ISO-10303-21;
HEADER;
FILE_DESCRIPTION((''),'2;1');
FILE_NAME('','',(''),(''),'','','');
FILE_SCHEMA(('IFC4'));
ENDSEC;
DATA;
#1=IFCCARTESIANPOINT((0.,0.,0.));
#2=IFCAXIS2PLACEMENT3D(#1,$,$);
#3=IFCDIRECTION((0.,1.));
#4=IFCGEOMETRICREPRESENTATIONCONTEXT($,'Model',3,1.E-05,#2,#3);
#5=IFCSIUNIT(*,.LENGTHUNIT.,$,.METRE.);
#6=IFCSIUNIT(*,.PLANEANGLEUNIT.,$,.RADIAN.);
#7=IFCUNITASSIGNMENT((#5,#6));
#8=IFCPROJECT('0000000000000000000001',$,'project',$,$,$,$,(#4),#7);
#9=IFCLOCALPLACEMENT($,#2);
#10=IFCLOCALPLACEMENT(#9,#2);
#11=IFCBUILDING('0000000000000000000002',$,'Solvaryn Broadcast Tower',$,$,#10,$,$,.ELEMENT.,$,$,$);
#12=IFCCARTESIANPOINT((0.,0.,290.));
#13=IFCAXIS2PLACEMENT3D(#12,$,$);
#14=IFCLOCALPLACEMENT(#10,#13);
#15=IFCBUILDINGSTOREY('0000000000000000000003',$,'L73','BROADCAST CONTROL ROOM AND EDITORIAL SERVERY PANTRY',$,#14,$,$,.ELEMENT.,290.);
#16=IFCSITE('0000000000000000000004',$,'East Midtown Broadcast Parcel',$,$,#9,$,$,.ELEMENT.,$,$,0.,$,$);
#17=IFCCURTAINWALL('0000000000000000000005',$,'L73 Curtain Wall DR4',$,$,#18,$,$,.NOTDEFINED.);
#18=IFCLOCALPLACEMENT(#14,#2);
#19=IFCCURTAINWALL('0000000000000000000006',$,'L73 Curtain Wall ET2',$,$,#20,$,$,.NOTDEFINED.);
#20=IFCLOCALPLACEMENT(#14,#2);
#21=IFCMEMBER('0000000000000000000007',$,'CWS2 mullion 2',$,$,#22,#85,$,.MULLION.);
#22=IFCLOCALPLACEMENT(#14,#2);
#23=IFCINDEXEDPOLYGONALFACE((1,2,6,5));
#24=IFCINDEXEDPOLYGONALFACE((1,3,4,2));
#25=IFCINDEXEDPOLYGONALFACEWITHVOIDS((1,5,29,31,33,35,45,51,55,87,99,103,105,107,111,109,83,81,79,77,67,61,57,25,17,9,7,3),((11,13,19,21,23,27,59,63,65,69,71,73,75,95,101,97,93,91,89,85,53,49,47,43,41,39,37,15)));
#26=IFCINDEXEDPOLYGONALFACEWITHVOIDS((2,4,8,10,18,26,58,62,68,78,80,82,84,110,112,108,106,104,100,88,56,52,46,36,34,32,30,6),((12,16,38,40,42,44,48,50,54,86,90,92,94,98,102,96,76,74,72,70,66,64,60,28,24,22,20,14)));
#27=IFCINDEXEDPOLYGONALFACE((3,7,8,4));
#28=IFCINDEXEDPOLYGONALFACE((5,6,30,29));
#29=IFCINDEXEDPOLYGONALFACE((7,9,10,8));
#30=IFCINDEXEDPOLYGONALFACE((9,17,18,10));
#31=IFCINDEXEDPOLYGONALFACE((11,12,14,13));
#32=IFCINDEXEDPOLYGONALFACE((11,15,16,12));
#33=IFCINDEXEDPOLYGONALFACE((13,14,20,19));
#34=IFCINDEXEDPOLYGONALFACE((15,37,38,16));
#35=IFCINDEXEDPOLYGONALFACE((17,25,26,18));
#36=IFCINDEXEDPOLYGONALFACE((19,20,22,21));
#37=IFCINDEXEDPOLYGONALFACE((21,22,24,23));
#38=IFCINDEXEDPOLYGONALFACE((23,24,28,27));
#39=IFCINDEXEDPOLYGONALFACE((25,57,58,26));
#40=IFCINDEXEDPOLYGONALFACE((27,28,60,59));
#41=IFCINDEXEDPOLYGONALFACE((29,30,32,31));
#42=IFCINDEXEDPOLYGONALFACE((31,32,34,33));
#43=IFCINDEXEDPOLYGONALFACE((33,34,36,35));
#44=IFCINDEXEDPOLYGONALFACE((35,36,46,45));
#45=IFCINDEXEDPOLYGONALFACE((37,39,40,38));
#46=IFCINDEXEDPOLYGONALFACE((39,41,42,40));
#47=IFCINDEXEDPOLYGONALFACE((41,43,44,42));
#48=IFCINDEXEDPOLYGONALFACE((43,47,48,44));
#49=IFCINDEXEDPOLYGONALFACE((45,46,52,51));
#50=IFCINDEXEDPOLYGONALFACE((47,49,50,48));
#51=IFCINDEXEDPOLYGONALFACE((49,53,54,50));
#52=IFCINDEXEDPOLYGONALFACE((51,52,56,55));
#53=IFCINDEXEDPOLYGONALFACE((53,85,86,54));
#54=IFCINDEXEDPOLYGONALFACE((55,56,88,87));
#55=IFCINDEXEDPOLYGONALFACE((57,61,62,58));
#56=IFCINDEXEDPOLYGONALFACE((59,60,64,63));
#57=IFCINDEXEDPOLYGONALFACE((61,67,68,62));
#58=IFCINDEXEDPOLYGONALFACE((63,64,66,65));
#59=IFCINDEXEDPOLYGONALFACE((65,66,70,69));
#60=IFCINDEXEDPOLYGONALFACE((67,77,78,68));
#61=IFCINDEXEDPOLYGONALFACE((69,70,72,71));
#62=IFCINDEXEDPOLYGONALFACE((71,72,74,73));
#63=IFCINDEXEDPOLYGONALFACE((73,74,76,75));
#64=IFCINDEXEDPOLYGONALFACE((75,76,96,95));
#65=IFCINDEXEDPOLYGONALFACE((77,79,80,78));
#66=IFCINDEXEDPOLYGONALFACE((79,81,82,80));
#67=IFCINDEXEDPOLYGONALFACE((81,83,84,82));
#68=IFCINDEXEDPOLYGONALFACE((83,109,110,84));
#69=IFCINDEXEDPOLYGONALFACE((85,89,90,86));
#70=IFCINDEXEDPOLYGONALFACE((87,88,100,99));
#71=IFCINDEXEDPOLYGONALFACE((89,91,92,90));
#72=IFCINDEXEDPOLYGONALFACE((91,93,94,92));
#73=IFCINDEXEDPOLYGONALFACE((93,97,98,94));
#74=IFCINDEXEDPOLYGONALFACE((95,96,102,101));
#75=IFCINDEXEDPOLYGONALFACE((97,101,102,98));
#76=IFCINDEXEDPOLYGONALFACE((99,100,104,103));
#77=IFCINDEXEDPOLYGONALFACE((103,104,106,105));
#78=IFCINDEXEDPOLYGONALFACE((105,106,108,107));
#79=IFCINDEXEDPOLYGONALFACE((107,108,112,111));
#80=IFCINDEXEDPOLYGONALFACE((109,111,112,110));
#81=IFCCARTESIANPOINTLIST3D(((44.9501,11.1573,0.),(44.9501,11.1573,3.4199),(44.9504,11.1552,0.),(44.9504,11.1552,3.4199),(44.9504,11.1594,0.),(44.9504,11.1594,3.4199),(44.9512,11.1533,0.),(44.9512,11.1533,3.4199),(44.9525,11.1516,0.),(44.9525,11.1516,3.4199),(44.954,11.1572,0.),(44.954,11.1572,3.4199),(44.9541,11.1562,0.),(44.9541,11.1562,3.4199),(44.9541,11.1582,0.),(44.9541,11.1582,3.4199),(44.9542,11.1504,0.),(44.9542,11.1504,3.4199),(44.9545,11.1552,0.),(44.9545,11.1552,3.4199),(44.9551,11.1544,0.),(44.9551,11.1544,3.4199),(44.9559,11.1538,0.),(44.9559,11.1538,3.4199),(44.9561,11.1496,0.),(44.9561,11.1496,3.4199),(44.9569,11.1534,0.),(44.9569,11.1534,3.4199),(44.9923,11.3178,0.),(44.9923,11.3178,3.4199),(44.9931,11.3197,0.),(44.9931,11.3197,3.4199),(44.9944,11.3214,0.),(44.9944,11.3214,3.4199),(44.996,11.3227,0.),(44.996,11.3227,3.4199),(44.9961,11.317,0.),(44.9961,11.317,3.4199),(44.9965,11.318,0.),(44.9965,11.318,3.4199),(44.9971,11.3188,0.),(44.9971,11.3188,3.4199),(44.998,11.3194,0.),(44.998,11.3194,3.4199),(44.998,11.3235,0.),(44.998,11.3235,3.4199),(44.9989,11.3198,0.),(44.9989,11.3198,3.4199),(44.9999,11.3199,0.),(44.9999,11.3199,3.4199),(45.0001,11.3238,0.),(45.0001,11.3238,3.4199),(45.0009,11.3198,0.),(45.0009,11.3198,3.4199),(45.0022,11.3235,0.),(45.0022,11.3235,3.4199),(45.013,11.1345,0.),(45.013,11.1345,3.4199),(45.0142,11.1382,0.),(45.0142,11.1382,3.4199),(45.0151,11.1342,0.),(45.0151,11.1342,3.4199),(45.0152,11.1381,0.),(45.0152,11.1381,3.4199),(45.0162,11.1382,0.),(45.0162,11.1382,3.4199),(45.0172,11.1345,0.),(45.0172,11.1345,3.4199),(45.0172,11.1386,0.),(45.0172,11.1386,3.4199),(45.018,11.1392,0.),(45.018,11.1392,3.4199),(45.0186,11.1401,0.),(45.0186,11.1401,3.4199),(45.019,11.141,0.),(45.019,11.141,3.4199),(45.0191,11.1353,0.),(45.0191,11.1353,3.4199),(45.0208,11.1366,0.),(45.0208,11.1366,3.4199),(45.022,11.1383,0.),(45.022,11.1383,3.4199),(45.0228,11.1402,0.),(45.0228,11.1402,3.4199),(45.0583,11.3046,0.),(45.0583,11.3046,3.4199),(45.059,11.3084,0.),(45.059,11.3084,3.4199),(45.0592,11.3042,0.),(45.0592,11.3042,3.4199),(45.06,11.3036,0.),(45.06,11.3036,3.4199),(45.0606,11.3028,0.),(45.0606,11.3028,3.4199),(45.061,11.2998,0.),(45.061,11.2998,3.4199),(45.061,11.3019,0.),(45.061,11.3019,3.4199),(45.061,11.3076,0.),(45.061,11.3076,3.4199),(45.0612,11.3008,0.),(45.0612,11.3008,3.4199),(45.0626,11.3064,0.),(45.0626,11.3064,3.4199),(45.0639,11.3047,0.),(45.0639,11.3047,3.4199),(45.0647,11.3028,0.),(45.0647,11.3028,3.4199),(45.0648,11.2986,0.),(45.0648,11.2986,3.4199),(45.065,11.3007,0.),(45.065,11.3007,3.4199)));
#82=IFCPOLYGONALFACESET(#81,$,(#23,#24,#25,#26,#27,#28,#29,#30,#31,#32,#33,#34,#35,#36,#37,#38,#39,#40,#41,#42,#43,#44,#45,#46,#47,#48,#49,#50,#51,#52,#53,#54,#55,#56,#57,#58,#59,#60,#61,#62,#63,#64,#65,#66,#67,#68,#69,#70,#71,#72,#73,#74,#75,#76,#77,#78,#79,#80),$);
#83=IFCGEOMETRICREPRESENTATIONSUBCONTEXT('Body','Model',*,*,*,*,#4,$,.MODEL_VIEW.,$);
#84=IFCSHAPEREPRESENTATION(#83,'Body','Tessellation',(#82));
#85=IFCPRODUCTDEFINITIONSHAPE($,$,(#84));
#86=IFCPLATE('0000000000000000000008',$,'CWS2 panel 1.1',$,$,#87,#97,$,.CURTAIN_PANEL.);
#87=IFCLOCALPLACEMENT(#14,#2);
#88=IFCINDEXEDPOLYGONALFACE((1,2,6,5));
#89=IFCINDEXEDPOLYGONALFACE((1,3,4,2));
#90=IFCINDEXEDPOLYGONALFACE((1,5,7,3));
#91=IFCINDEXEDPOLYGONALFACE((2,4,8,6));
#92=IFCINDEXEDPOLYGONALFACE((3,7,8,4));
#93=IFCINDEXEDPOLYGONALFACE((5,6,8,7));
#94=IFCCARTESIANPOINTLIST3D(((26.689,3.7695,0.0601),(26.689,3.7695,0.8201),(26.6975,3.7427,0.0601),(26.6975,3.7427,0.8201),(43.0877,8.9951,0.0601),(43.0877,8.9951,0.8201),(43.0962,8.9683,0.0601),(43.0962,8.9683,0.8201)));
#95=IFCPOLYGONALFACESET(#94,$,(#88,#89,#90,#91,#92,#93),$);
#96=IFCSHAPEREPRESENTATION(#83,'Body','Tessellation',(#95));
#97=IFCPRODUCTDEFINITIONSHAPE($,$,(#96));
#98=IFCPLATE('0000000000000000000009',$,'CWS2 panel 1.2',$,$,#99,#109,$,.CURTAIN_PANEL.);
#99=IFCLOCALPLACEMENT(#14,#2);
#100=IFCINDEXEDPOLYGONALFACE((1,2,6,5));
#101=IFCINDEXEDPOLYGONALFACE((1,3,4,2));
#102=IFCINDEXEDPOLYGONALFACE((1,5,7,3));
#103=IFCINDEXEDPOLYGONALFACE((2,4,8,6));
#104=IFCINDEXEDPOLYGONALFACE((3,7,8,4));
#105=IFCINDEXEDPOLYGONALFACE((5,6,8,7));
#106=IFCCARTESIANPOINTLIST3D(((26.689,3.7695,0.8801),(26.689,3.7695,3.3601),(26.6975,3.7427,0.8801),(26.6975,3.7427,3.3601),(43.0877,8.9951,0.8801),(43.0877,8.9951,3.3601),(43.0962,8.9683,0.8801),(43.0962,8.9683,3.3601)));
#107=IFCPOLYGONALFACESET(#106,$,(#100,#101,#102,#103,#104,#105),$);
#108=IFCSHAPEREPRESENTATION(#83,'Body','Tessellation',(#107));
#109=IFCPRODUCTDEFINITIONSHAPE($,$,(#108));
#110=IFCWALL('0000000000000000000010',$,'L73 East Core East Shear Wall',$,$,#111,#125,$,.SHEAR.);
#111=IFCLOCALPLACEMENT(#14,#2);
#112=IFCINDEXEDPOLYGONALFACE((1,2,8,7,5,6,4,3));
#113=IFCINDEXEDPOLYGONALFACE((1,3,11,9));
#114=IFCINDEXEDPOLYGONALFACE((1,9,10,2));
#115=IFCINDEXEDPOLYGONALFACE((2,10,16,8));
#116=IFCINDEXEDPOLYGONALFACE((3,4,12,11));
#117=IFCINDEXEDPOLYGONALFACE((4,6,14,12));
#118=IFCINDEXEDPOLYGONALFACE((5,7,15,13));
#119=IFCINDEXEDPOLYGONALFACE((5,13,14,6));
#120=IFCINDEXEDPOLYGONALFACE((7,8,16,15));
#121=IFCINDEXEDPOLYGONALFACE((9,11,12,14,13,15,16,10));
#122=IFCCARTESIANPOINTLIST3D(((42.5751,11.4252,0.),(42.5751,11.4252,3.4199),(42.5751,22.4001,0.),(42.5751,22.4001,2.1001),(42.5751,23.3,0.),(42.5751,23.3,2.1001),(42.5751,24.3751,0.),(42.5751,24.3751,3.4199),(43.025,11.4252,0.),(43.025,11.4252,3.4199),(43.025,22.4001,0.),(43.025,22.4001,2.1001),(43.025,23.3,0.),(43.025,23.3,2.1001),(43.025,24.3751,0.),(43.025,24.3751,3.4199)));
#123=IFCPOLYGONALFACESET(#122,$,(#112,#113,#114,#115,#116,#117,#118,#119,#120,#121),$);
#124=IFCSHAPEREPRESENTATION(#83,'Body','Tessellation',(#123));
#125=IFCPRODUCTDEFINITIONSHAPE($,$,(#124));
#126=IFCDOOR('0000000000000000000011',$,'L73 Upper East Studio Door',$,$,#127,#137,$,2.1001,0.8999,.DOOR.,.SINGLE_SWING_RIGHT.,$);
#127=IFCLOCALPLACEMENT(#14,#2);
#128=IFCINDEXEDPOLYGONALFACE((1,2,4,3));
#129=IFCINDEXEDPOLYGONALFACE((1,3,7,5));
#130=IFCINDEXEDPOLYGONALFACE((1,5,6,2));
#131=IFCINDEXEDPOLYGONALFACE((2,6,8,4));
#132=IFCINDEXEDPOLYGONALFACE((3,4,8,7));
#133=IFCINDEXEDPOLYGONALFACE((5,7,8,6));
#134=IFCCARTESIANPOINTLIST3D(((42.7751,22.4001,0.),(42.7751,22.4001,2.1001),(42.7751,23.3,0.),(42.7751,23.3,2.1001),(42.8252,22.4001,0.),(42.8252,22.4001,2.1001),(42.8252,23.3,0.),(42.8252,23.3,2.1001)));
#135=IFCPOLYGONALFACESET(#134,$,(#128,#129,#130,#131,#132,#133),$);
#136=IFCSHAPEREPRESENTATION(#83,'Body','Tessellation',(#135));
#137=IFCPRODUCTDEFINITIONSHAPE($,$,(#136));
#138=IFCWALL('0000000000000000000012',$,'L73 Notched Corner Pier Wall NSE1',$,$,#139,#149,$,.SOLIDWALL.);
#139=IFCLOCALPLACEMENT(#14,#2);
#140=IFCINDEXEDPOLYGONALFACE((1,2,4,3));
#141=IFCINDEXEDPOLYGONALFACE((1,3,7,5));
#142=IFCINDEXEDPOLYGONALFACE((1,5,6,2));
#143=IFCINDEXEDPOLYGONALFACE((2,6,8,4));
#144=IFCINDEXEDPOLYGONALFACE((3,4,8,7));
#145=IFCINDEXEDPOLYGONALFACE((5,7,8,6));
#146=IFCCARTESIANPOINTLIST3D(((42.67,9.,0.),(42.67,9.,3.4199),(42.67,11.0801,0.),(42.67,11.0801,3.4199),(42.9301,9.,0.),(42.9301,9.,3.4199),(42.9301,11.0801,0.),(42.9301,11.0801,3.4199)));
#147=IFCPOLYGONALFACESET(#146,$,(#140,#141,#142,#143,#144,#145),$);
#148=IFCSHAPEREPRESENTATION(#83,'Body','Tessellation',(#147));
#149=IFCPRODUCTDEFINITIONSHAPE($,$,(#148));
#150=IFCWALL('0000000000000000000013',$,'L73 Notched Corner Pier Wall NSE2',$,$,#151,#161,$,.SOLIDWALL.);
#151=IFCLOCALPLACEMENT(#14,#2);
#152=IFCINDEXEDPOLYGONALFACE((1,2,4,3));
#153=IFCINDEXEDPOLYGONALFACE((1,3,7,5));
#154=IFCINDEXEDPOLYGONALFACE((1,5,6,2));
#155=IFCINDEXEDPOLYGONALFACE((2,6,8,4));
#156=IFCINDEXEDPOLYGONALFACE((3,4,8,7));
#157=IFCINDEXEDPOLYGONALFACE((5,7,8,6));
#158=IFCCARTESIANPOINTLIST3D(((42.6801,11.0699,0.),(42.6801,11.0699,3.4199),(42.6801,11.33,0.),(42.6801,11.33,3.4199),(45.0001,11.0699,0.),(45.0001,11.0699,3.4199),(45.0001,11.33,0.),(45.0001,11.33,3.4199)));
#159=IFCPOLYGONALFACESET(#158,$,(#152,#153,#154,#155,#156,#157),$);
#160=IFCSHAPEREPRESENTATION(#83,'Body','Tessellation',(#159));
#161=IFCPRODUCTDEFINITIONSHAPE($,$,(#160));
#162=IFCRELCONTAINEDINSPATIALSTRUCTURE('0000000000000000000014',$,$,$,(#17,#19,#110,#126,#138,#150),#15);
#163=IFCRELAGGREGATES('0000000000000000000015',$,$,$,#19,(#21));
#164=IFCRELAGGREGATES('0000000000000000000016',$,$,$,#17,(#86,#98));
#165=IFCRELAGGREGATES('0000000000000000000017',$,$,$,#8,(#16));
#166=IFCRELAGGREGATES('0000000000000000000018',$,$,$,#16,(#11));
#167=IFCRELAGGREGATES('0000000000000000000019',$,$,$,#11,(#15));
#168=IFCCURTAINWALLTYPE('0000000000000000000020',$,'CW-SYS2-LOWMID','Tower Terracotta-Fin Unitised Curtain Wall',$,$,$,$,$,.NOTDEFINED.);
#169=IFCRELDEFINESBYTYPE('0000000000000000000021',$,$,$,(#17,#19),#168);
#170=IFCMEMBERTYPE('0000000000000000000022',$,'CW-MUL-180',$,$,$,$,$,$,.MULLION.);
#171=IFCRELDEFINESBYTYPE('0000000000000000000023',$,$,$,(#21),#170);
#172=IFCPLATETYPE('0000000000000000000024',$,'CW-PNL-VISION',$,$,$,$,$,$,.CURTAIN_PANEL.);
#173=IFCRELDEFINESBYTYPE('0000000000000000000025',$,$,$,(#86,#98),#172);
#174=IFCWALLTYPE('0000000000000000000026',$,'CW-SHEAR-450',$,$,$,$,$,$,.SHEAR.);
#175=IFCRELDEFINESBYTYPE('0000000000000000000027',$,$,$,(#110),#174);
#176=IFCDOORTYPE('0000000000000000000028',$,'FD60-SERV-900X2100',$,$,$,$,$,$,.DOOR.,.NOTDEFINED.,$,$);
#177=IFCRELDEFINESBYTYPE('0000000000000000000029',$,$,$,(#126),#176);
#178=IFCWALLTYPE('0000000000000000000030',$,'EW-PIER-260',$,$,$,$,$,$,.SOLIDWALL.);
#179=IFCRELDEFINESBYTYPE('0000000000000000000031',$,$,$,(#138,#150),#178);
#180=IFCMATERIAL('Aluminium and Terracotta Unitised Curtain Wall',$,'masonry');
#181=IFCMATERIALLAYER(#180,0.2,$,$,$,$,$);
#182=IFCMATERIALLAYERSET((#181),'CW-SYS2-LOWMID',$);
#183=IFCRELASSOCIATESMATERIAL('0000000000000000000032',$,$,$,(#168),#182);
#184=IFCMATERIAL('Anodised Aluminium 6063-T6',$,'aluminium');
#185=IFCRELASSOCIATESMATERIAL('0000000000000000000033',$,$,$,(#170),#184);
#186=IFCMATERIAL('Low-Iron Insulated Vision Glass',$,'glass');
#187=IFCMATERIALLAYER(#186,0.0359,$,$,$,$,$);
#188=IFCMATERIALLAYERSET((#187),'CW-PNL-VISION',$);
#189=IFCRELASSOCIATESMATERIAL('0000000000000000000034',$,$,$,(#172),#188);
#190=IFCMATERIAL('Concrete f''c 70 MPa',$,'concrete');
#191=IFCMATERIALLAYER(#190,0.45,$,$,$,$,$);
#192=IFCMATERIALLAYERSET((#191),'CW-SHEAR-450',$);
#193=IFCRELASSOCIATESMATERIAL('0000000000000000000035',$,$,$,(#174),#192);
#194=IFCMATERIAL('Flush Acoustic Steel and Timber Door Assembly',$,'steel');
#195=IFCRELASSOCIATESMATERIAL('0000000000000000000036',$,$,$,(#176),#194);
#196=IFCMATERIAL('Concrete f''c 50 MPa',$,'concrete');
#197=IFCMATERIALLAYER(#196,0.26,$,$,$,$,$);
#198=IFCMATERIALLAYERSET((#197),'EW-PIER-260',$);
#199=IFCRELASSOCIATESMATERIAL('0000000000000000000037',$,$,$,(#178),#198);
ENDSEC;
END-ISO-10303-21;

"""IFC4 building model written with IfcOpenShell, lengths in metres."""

from ifc_helpers import new_model, si_unit, direction, frame, frame_2d, origin, origin_2d, place, context, subcontext, project, spatial, rectangle, hollow_rectangle, extrude, material, layer, layer_set, material_profile, profile_set, type_object, element, fill, aggregate, save


model = new_model("IFC4")

# Units and contexts
model_context = context("Model", 3, precision=1e-05, world=origin(), true_north=direction((0.0, 1.0)))
body_context = subcontext(model_context, "Body", "Model", "MODEL_VIEW")
ifc_project = project(units=[si_unit("LENGTHUNIT", "METRE"), si_unit("PLANEANGLEUNIT", "RADIAN")], contexts=[model_context])

# Site, building, storey
site_placement = place(None, origin())
site = spatial("IfcSite", under=ifc_project, at=site_placement, Name="East Midtown Broadcast Parcel", CompositionType="ELEMENT", RefElevation=0.0)
building_placement = place(site_placement, origin())
building = spatial("IfcBuilding", under=site, at=building_placement, Name="Solvaryn Broadcast Tower", CompositionType="ELEMENT")
storey_placement = place(building_placement, frame((0.0, 0.0, 290.0)))
storey = spatial("IfcBuildingStorey", under=building, at=storey_placement, Name="L73", Description="BROADCAST CONTROL ROOM AND EDITORIAL SERVERY PANTRY", CompositionType="ELEMENT", Elevation=290.0)

# Curtain walls, member
ifc_material_1 = material(Name="Aluminium and Terracotta Unitised Curtain Wall", Category="masonry")
ifc_layer_1 = layer(ifc_material_1, 0.2)
ifc_layer_set_1 = layer_set([ifc_layer_1], Name="CW-SYS2-LOWMID")
curtain_wall_type = type_object("IfcCurtainWallType", Name="CW-SYS2-LOWMID", Description="Tower Terracotta-Fin Unitised Curtain Wall", PredefinedType="NOTDEFINED", material=ifc_layer_set_1)
curtain_wall_1_placement = place(storey_placement, origin())
curtain_wall_1 = element("IfcCurtainWall", 1, at=curtain_wall_1_placement, inside=storey, type_object=curtain_wall_type, Name="L73 Curtain Wall DR4", PredefinedType="NOTDEFINED")
ifc_material_2 = material(Name="Anodised Aluminium 6063-T6", Category="aluminium")
ifc_material_profile_1 = material_profile(ifc_material_2, hollow_rectangle(XDim=0.075, YDim=0.1799, WallThickness=0.0039, InnerFilletRadius=0.0039, OuterFilletRadius=0.0081, at=origin_2d()))
ifc_profile_set_1 = profile_set([ifc_material_profile_1], Name="Anodised Aluminium 6063-T6")
member_type = type_object("IfcMemberType", Name="CW-MUL-180", PredefinedType="MULLION", material=ifc_profile_set_1)
curtain_wall_2_placement = place(storey_placement, origin())
curtain_wall_2 = element("IfcCurtainWall", 2, at=curtain_wall_2_placement, inside=storey, type_object=curtain_wall_type, Name="L73 Curtain Wall ET2", PredefinedType="NOTDEFINED")
member_1_placement = place(storey_placement, frame((45.0076, 11.229, 0.0), z_axis=(0.0, 0.0, 1.0), x_axis=(0.966705, -0.255893, 0.0)))
member_1 = element("IfcMember", 3, at=member_1_placement, type_object=member_type, Name="CWS2 mullion 2", PredefinedType="MULLION", context=body_context, shape_type="SweptSolid", body=[
    extrude(hollow_rectangle(XDim=0.075, YDim=0.1799, WallThickness=0.0039, InnerFilletRadius=0.0039, OuterFilletRadius=0.0081, at=origin_2d()), origin(), (0.0, 0.0, 1.0), 3.4199),
])
aggregate(curtain_wall_2, [member_1])

# Plates
ifc_material_3 = material(Name="Low-Iron Insulated Vision Glass", Category="glass")
ifc_layer_2 = layer(ifc_material_3, 0.0359)
ifc_layer_set_2 = layer_set([ifc_layer_2], Name="CW-PNL-VISION")
plate_type = type_object("IfcPlateType", Name="CW-PNL-VISION", PredefinedType="CURTAIN_PANEL", material=ifc_layer_set_2)
plate_1_placement = place(storey_placement, frame((34.8926, 6.3689, 0.0601), z_axis=(0.0, 0.0, 1.0), x_axis=(0.952795, 0.303616, 0.0)))
plate_1 = element("IfcPlate", 4, at=plate_1_placement, type_object=plate_type, Name="CWS2 panel 1.1", PredefinedType="CURTAIN_PANEL", context=body_context, shape_type="SweptSolid", body=[
    extrude(rectangle(XDim=17.2112, YDim=0.0281, at=origin_2d()), origin(), (0.0, 0.0, 1.0), 0.76),
])
plate_2_placement = place(storey_placement, frame((34.8926, 6.3689, 0.8801), z_axis=(0.0, 0.0, 1.0), x_axis=(0.952795, 0.303616, 0.0)))
plate_2 = element("IfcPlate", 5, at=plate_2_placement, type_object=plate_type, Name="CWS2 panel 1.2", PredefinedType="CURTAIN_PANEL", context=body_context, shape_type="SweptSolid", body=[
    extrude(rectangle(XDim=17.2112, YDim=0.0281, at=origin_2d()), origin(), (0.0, 0.0, 1.0), 2.48),
])
aggregate(curtain_wall_1, [plate_1, plate_2])

# Wall, opening, door
ifc_material_4 = material(Name="Concrete f'c 70 MPa", Category="concrete")
ifc_layer_3 = layer(ifc_material_4, 0.45)
ifc_layer_set_3 = layer_set([ifc_layer_3], Name="CW-SHEAR-450")
wall_type_1 = type_object("IfcWallType", Name="CW-SHEAR-450", PredefinedType="SHEAR", material=ifc_layer_set_3)
wall_1_placement = place(storey_placement, frame((42.8, 11.425, 0.0), z_axis=(0.0, 0.0, 1.0), x_axis=(0.0, 1.0, 0.0)))
wall_1 = element("IfcWall", 6, at=wall_1_placement, inside=storey, type_object=wall_type_1, Name="L73 East Core East Shear Wall", PredefinedType="SHEAR", context=body_context, shape_type="SweptSolid", body=[
    extrude(rectangle(XDim=12.95, YDim=0.45, at=frame_2d((6.4751, 0.0))), origin(), (0.0, 0.0, 1.0), 3.4199),
])
opening_1_placement = place(wall_1_placement, frame((10.9751, 0.0, 0.0)))
opening_1 = element("IfcOpeningElement", 7, at=opening_1_placement, cuts=wall_1, PredefinedType="OPENING", context=body_context, shape_type="SweptSolid", body=[
    extrude(rectangle(XDim=0.8999, YDim=2.1001, at=frame_2d((0.45, 1.05))), frame((0.0, 0.2351, 0.0), z_axis=(0.0, -1.0, 0.0), x_axis=(1.0, 0.0, 0.0)), (0.0, 0.0, 1.0), 0.47),
])
ifc_material_5 = material(Name="Flush Acoustic Steel and Timber Door Assembly", Category="steel")
door_type = type_object("IfcDoorType", Name="FD60-SERV-900X2100", OperationType="NOTDEFINED", PredefinedType="DOOR", material=ifc_material_5)
door_1_placement = place(opening_1_placement, origin())
door_1 = element("IfcDoor", 8, at=door_1_placement, inside=storey, type_object=door_type, Name="L73 Upper East Studio Door", OperationType="SINGLE_SWING_RIGHT", OverallHeight=2.1001, OverallWidth=0.8999, PredefinedType="DOOR", context=body_context, shape_type="SweptSolid", body=[
    extrude(rectangle(XDim=0.8999, YDim=2.1001, at=frame_2d((0.45, 1.05))), frame((0.0, 0.0249, 0.0), z_axis=(0.0, -1.0, 0.0), x_axis=(1.0, 0.0, 0.0)), (0.0, 0.0, 1.0), 0.05),
])
fill(opening_1, door_1)

# Walls
ifc_material_6 = material(Name="Concrete f'c 50 MPa", Category="concrete")
ifc_layer_4 = layer(ifc_material_6, 0.26)
ifc_layer_set_4 = layer_set([ifc_layer_4], Name="EW-PIER-260")
wall_type_2 = type_object("IfcWallType", Name="EW-PIER-260", PredefinedType="SOLIDWALL", material=ifc_layer_set_4)
wall_2_placement = place(storey_placement, frame((42.8, 9.0, 0.0), z_axis=(0.0, 0.0, 1.0), x_axis=(0.0, 1.0, 0.0)))
element("IfcWall", 9, at=wall_2_placement, inside=storey, type_object=wall_type_2, Name="L73 Notched Corner Pier Wall NSE1", PredefinedType="SOLIDWALL", context=body_context, shape_type="SweptSolid", body=[
    extrude(rectangle(XDim=2.0801, YDim=0.26, at=frame_2d((1.04, 0.0))), origin(), (0.0, 0.0, 1.0), 3.4199),
])
wall_3_placement = place(storey_placement, frame((42.6799, 11.2, 0.0), z_axis=(0.0, 0.0, 1.0), x_axis=(1.0, 0.0, 0.0)))
element("IfcWall", 10, at=wall_3_placement, inside=storey, type_object=wall_type_2, Name="L73 Notched Corner Pier Wall NSE2", PredefinedType="SOLIDWALL", context=body_context, shape_type="SweptSolid", body=[
    extrude(rectangle(XDim=2.3201, YDim=0.26, at=frame_2d((1.1602, 0.0))), origin(), (0.0, 0.0, 1.0), 3.4199),
])

save(model, "model.ifc")
